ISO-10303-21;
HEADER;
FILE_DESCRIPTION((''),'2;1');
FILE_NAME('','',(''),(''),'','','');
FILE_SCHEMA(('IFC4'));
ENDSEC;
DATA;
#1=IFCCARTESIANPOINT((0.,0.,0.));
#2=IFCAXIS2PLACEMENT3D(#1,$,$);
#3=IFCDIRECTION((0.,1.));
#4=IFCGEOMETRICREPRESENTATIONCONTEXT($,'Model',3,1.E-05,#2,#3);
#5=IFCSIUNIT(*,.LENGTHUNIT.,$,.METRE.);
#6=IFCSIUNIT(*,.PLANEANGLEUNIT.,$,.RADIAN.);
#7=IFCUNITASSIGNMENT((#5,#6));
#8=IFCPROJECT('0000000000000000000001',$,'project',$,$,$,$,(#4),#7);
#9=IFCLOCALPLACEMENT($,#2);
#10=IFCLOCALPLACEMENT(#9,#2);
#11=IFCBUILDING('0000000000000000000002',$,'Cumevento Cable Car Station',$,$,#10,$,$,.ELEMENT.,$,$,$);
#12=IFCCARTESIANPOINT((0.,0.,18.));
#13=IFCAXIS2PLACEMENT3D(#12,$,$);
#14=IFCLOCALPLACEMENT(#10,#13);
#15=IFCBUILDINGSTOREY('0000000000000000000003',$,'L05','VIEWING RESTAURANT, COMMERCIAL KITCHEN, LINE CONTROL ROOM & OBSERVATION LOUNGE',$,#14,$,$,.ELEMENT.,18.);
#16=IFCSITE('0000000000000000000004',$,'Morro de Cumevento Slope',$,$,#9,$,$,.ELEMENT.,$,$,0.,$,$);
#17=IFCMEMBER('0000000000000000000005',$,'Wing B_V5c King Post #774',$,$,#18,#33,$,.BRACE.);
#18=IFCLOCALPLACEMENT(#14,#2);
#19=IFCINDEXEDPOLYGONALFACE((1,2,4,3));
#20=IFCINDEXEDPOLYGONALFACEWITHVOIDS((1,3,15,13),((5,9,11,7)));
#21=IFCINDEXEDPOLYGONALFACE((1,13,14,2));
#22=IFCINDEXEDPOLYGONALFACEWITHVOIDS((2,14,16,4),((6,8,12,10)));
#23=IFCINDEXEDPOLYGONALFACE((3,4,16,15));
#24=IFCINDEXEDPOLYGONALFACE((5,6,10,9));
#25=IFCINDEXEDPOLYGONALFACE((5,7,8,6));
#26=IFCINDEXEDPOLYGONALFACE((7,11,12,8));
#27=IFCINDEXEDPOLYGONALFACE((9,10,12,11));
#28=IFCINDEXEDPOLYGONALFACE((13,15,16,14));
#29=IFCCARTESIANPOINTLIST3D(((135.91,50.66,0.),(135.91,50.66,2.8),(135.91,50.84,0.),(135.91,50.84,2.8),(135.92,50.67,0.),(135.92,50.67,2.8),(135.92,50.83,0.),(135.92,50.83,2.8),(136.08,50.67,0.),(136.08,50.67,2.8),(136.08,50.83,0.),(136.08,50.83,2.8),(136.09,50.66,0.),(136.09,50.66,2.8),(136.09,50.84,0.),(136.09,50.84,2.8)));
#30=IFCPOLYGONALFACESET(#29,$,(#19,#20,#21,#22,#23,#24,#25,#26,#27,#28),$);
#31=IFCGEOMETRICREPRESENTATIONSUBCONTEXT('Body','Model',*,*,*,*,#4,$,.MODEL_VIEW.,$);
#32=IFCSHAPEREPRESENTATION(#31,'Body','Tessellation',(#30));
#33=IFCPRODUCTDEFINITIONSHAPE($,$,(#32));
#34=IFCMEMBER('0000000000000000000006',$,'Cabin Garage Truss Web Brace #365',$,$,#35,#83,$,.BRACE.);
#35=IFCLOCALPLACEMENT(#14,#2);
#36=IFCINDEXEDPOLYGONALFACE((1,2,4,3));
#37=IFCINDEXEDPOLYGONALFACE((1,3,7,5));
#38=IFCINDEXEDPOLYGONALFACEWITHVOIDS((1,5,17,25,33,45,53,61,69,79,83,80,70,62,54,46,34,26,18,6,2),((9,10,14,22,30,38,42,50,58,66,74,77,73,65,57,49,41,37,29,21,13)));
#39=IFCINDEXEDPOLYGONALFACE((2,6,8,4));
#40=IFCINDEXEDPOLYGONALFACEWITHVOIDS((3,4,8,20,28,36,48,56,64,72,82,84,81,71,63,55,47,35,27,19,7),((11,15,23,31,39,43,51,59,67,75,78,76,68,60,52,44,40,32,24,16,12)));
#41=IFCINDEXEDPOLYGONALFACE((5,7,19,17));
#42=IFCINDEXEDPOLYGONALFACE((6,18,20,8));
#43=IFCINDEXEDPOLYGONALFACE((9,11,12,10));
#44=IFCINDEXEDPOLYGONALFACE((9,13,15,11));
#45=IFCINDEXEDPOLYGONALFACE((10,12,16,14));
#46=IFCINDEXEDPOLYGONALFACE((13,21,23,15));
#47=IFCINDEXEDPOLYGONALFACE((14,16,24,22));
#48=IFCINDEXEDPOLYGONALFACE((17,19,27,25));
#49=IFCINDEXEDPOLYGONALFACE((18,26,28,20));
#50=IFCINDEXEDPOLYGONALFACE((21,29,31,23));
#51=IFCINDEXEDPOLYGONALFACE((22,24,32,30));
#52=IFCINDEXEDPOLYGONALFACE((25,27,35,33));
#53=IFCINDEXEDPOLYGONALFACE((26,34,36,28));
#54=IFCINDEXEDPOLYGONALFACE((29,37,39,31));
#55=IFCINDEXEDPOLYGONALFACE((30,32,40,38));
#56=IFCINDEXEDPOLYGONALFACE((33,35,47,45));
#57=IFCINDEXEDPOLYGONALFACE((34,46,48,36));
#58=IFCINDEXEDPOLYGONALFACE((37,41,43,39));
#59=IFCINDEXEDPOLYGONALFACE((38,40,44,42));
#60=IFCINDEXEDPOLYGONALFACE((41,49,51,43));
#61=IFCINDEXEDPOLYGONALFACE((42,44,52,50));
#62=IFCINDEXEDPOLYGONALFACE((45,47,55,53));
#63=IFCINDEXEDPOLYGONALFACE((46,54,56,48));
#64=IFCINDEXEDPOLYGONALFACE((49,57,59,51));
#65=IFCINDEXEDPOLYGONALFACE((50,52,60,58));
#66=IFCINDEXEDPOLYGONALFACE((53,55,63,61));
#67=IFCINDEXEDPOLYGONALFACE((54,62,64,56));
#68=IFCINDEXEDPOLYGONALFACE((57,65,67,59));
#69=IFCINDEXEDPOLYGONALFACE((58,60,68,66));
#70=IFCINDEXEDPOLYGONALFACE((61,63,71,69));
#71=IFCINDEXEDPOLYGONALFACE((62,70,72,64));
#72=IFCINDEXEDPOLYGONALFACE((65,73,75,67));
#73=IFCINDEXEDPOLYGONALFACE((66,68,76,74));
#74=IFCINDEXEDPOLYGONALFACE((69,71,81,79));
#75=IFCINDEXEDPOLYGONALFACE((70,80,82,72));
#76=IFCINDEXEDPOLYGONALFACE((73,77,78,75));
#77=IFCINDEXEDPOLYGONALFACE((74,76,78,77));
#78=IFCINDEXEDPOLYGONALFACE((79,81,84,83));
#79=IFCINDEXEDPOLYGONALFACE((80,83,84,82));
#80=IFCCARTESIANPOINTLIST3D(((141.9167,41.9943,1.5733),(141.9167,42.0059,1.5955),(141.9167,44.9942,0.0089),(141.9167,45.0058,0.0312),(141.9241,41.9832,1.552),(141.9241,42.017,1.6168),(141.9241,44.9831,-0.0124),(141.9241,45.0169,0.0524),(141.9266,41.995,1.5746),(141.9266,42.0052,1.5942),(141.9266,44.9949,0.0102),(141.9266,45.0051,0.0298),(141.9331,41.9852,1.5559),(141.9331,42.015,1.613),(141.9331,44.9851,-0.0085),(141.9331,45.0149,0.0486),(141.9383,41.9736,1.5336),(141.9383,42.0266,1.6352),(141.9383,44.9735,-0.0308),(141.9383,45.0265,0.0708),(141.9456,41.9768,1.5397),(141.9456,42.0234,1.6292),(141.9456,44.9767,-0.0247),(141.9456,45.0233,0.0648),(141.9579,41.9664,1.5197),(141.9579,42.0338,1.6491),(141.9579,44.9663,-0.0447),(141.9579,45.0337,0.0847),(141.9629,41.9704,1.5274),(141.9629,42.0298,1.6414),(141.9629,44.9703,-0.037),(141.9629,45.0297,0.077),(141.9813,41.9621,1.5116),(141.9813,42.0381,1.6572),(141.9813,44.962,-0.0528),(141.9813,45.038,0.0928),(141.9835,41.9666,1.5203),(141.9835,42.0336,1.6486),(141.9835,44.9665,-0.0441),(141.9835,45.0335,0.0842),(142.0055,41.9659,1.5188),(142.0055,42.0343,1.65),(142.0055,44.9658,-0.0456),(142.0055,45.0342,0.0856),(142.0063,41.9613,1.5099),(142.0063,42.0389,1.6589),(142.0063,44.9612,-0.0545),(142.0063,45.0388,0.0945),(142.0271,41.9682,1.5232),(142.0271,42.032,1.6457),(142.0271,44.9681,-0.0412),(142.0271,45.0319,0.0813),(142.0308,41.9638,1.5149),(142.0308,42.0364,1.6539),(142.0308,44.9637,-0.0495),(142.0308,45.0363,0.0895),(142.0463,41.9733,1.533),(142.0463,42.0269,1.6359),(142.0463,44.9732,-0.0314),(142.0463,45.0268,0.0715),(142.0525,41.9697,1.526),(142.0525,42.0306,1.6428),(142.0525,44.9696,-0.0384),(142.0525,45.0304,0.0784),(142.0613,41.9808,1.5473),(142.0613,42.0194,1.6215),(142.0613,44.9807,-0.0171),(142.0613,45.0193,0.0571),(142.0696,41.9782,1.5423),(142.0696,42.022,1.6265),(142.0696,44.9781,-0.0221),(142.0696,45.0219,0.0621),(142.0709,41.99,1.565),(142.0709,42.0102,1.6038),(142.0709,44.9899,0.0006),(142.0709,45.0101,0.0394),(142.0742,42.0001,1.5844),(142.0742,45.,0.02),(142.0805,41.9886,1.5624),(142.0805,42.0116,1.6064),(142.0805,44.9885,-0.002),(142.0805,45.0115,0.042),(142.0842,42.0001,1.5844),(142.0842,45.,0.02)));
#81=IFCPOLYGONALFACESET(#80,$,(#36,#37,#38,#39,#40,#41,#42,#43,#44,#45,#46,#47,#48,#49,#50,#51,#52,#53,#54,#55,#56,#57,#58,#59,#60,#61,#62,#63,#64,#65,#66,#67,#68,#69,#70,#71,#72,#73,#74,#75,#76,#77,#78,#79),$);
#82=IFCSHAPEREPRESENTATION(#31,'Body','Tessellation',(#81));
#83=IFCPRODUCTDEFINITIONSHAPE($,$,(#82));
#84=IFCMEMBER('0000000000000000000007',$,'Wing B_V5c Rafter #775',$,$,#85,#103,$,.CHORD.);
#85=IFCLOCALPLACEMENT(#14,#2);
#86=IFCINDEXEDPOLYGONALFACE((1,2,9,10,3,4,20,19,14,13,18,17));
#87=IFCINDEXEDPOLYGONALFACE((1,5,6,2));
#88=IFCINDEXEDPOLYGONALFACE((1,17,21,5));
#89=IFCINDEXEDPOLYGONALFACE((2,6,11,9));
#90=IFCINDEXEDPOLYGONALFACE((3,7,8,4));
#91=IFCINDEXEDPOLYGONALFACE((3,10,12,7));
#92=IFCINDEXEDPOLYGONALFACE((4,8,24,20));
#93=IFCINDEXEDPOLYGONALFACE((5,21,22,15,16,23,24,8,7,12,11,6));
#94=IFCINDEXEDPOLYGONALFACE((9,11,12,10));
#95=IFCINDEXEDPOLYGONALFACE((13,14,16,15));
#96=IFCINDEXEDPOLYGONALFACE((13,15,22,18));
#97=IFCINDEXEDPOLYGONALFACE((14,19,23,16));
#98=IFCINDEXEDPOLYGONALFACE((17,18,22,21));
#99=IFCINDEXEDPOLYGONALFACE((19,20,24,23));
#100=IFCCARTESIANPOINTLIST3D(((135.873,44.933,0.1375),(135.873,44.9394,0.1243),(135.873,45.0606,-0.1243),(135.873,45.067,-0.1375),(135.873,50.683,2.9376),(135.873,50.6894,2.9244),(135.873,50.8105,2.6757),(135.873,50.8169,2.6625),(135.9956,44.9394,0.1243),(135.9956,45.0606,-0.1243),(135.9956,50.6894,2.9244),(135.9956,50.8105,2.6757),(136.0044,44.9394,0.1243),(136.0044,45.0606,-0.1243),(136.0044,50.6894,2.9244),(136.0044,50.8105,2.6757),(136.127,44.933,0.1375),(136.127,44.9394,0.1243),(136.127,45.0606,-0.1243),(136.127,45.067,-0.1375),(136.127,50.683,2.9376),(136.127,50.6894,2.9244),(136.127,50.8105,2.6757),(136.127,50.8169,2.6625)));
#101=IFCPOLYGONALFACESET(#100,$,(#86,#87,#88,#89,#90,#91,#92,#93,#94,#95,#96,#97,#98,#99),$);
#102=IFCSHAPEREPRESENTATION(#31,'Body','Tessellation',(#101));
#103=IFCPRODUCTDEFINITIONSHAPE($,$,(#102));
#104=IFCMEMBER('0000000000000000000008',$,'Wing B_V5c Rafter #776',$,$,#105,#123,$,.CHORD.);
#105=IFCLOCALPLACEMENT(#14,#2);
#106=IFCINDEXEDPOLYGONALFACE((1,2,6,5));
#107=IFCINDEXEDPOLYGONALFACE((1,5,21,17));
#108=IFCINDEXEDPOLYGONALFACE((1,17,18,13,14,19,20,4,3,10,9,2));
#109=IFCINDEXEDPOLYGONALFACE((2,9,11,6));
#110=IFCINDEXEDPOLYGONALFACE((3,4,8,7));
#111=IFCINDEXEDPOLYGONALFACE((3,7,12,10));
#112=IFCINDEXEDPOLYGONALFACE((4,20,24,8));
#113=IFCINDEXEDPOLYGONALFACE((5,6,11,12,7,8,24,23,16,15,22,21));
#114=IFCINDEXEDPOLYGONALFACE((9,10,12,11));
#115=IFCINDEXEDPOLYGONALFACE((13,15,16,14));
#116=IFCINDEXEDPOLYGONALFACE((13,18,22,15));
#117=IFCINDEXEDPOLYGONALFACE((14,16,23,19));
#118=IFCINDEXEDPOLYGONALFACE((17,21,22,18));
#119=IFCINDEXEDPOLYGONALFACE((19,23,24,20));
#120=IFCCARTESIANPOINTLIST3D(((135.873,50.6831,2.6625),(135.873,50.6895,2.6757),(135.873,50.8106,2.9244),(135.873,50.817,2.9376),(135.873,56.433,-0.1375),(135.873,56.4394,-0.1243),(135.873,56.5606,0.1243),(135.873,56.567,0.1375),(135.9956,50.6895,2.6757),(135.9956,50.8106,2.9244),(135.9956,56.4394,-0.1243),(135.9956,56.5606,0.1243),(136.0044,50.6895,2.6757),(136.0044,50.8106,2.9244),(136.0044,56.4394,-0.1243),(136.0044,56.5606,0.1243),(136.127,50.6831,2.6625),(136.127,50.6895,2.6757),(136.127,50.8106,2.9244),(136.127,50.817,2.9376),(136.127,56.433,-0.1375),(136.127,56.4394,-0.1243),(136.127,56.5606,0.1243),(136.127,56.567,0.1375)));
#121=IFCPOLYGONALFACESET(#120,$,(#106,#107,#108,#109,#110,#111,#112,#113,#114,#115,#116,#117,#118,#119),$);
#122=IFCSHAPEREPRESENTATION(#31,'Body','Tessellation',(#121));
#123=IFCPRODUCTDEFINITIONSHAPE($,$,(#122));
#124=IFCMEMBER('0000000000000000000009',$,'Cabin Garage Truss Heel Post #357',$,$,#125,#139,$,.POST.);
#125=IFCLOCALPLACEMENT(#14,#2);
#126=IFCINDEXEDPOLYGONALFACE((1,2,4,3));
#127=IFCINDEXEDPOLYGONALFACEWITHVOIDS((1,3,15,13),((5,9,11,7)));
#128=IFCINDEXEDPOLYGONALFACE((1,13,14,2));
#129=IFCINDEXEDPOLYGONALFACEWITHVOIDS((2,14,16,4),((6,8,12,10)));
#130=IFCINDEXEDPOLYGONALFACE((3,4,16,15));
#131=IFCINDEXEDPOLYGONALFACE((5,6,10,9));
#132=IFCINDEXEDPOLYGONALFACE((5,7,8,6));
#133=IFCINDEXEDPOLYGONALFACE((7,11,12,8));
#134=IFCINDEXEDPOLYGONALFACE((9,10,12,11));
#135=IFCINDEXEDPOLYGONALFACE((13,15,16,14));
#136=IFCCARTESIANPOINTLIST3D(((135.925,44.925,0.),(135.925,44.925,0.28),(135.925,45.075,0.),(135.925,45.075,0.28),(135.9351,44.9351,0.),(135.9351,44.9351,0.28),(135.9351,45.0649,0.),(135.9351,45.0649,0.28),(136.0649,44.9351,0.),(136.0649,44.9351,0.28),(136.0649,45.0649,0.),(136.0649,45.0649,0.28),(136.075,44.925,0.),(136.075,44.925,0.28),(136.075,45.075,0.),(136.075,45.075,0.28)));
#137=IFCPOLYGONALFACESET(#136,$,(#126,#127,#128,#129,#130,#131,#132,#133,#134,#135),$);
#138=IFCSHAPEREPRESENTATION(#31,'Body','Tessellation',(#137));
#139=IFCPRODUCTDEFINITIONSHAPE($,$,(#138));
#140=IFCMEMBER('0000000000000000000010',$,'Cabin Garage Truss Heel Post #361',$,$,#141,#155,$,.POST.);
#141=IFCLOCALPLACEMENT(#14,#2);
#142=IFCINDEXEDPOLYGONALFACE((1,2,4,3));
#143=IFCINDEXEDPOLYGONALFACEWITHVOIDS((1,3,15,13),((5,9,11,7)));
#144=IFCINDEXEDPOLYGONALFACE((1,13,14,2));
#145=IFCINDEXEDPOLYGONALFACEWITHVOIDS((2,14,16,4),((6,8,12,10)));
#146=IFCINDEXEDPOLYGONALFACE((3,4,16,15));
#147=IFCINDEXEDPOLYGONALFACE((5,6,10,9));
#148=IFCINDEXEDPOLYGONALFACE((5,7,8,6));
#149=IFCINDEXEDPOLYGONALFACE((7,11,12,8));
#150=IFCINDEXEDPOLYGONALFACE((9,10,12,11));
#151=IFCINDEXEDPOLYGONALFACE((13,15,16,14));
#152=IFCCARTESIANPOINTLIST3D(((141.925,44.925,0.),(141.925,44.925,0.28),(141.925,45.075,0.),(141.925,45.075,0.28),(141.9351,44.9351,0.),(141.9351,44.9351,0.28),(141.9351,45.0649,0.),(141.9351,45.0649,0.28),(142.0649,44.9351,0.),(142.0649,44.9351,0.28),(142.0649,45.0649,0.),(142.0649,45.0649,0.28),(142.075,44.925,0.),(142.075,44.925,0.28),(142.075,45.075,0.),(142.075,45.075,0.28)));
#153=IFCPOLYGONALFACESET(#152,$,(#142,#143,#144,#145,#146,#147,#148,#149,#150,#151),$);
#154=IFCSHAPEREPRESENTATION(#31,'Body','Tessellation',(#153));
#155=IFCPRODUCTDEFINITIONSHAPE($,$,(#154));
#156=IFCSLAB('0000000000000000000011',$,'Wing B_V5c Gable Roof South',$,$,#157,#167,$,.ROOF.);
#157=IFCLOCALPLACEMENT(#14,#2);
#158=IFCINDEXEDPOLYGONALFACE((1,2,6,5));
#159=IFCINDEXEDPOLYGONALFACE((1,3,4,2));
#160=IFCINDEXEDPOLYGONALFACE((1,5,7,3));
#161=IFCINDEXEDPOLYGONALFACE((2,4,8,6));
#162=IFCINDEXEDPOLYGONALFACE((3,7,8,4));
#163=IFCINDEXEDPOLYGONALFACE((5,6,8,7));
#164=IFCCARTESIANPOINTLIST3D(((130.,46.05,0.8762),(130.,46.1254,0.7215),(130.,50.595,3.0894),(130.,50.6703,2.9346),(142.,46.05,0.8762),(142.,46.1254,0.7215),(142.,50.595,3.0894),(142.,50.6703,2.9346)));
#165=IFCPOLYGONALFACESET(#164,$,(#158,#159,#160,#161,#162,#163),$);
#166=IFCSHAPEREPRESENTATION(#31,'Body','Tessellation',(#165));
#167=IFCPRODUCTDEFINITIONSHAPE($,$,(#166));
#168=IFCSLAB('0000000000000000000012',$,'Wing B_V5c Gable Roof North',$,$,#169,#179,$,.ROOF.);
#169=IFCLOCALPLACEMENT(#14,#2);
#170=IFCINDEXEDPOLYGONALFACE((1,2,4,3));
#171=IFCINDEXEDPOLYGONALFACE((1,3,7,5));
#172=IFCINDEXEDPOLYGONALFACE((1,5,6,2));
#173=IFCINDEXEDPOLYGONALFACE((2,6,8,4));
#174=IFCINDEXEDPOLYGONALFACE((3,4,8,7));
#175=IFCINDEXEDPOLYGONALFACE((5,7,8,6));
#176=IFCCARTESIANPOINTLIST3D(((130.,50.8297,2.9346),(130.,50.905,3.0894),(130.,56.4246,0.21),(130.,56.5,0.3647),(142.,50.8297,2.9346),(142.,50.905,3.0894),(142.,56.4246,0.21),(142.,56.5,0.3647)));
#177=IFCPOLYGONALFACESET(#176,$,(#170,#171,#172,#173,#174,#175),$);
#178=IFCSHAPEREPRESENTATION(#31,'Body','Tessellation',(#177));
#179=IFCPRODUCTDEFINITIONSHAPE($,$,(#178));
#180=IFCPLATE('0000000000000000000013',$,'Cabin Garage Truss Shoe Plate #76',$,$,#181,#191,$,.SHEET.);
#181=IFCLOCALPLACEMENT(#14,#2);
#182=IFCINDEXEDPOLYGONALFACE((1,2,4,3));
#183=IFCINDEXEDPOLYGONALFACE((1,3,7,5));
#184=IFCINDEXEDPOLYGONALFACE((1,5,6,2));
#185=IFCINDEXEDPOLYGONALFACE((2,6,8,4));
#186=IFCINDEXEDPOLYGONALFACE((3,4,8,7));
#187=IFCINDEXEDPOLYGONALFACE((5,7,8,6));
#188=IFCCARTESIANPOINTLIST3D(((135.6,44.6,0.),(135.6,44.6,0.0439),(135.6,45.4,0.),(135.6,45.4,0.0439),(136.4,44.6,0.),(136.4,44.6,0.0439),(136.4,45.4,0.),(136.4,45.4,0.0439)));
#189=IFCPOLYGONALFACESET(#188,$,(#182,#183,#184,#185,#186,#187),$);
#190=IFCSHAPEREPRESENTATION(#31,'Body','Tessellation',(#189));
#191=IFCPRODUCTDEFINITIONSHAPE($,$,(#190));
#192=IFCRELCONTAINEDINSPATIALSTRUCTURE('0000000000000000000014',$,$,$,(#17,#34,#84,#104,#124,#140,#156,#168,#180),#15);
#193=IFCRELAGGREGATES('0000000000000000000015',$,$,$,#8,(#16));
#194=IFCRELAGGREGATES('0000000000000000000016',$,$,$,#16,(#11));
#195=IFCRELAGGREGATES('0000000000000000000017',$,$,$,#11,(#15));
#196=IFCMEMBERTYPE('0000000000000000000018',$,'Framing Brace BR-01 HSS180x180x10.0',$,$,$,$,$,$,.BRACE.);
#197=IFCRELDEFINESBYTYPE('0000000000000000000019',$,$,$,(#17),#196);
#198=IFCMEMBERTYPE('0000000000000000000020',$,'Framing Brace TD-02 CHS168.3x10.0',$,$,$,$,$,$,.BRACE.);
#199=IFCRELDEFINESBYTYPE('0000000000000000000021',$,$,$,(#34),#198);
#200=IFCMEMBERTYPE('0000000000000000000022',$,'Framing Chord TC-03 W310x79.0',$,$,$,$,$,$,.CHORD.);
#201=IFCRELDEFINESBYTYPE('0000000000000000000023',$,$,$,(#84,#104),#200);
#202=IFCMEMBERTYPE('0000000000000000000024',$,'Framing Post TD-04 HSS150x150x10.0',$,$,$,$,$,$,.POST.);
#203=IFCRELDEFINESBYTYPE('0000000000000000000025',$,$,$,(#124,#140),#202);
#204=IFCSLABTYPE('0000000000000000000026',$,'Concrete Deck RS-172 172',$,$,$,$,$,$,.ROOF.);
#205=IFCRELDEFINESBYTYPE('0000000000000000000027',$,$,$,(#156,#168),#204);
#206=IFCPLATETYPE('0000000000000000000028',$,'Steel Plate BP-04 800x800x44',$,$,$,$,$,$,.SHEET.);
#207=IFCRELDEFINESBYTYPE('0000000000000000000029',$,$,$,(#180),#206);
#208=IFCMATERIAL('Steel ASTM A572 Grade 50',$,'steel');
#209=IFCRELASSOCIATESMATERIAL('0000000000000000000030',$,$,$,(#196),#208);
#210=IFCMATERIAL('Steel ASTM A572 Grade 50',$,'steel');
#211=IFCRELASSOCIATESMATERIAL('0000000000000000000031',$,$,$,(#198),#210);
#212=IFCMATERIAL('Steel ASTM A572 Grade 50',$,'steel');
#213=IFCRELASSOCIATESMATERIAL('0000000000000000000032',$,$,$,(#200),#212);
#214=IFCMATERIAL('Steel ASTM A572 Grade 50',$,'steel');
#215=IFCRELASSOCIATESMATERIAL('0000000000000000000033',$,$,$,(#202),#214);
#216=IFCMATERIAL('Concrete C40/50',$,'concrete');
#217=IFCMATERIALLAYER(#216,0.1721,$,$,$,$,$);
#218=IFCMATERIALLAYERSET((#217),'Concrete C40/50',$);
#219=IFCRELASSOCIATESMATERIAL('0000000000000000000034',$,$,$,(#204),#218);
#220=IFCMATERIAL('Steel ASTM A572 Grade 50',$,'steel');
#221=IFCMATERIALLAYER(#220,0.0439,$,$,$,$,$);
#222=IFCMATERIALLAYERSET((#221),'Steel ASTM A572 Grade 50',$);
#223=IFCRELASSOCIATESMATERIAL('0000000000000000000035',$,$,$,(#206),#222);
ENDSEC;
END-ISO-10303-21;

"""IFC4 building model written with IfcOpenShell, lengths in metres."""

from ifc_helpers import new_model, si_unit, direction, frame, origin, origin_2d, place, context, subcontext, project, spatial, polyline, rectangle, hollow_rectangle, hollow_circle, i_section, outline, extrude, material, layer, layer_set, material_profile, profile_set, type_object, element, save


model = new_model("IFC4")

# Units and contexts
model_context = context("Model", 3, precision=1e-05, world=origin(), true_north=direction((0.0, 1.0)))
body_context = subcontext(model_context, "Body", "Model", "MODEL_VIEW")
ifc_project = project(units=[si_unit("LENGTHUNIT", "METRE"), si_unit("PLANEANGLEUNIT", "RADIAN")], contexts=[model_context])

# Site, building, storey
site_placement = place(None, origin())
site = spatial("IfcSite", under=ifc_project, at=site_placement, Name="Morro de Cumevento Slope", CompositionType="ELEMENT", RefElevation=0.0)
building_placement = place(site_placement, origin())
building = spatial("IfcBuilding", under=site, at=building_placement, Name="Cumevento Cable Car Station", CompositionType="ELEMENT")
storey_placement = place(building_placement, frame((0.0, 0.0, 18.0)))
storey = spatial("IfcBuildingStorey", under=building, at=storey_placement, Name="L05", Description="VIEWING RESTAURANT, COMMERCIAL KITCHEN, LINE CONTROL ROOM & OBSERVATION LOUNGE", CompositionType="ELEMENT", Elevation=18.0)

# Members
ifc_material_1 = material(Name="Steel ASTM A572 Grade 50", Category="steel")
ifc_material_profile_1 = material_profile(ifc_material_1, hollow_rectangle(XDim=0.1799, YDim=0.1799, WallThickness=0.01, at=origin_2d()), Name="HSS180x180x10.0")
ifc_profile_set_1 = profile_set([ifc_material_profile_1], Name="Steel ASTM A572 Grade 50")
member_type_1 = type_object("IfcMemberType", Name="Framing Brace BR-01 HSS180x180x10.0", PredefinedType="BRACE", material=ifc_profile_set_1)
member_1_placement = place(storey_placement, frame((136.0, 50.75, 0.0), z_axis=(0.0, 0.0, 1.0), x_axis=(1.0, 0.0, 0.0)))
element("IfcMember", 1, at=member_1_placement, inside=storey, type_object=member_type_1, Name="Wing B_V5c King Post #774", PredefinedType="BRACE", context=body_context, shape_type="SweptSolid", body=[
    extrude(hollow_rectangle(XDim=0.1799, YDim=0.1799, WallThickness=0.01, at=origin_2d()), origin(), (0.0, 0.0, 1.0), 2.8),
])
ifc_material_2 = material(Name="Steel ASTM A572 Grade 50", Category="steel")
ifc_material_profile_2 = material_profile(ifc_material_2, hollow_circle(Radius=0.0842, WallThickness=0.01, at=origin_2d()), Name="CHS168.3x10.0")
ifc_profile_set_2 = profile_set([ifc_material_profile_2], Name="Steel ASTM A572 Grade 50")
member_type_2 = type_object("IfcMemberType", Name="Framing Brace TD-02 CHS168.3x10.0", PredefinedType="BRACE", material=ifc_profile_set_2)
member_2_placement = place(storey_placement, frame((142.0, 45.0, 0.02), z_axis=(0.0, -0.886677, 0.462388), x_axis=(1.0, 0.0, 0.0)))
element("IfcMember", 2, at=member_2_placement, inside=storey, type_object=member_type_2, Name="Cabin Garage Truss Web Brace #365", PredefinedType="BRACE", context=body_context, shape_type="SweptSolid", body=[
    extrude(hollow_circle(Radius=0.0842, WallThickness=0.01, at=origin_2d()), origin(), (0.0, 0.0, 1.0), 3.3833),
])
ifc_material_3 = material(Name="Steel ASTM A572 Grade 50", Category="steel")
ifc_material_profile_3 = material_profile(ifc_material_3, i_section(OverallWidth=0.2539, OverallDepth=0.3059, WebThickness=0.0088, FlangeThickness=0.0146, at=origin_2d()), Name="W310x79.0")
ifc_profile_set_3 = profile_set([ifc_material_profile_3], Name="Steel ASTM A572 Grade 50")
member_type_3 = type_object("IfcMemberType", Name="Framing Chord TC-03 W310x79.0", PredefinedType="CHORD", material=ifc_profile_set_3)
for number, where, z_axis, x_axis, name in (
    (3, (136.0, 45.0, 0.0), (0.0, 0.899066, 0.437814), (-1.0, 0.0, 0.0), "Wing B_V5c Rafter #775"),
    (4, (136.0, 56.5, 0.0), (0.0, -0.899066, 0.437814), (1.0, 0.0, 0.0), "Wing B_V5c Rafter #776"),
):
    element("IfcMember", number, at=place(storey_placement, frame(where, z_axis=z_axis, x_axis=x_axis)), inside=storey, type_object=member_type_3, Name=name, PredefinedType="CHORD", context=body_context, shape_type="SweptSolid", body=[
        extrude(i_section(OverallWidth=0.2539, OverallDepth=0.3059, WebThickness=0.0088, FlangeThickness=0.0146, at=origin_2d()), origin(), (0.0, 0.0, 1.0), 6.3955),
    ])
ifc_material_4 = material(Name="Steel ASTM A572 Grade 50", Category="steel")
ifc_material_profile_4 = material_profile(ifc_material_4, hollow_rectangle(XDim=0.1499, YDim=0.1499, WallThickness=0.01, at=origin_2d()), Name="HSS150x150x10.0")
ifc_profile_set_4 = profile_set([ifc_material_profile_4], Name="Steel ASTM A572 Grade 50")
member_type_4 = type_object("IfcMemberType", Name="Framing Post TD-04 HSS150x150x10.0", PredefinedType="POST", material=ifc_profile_set_4)
for number, where, z_axis, x_axis, name in (
    (5, (136.0, 45.0, 0.0), (0.0, 0.0, 1.0), (1.0, 0.0, 0.0), "Cabin Garage Truss Heel Post #357"),
    (6, (142.0, 45.0, 0.0), (0.0, 0.0, 1.0), (1.0, 0.0, 0.0), "Cabin Garage Truss Heel Post #361"),
):
    element("IfcMember", number, at=place(storey_placement, frame(where, z_axis=z_axis, x_axis=x_axis)), inside=storey, type_object=member_type_4, Name=name, PredefinedType="POST", context=body_context, shape_type="SweptSolid", body=[
        extrude(hollow_rectangle(XDim=0.1499, YDim=0.1499, WallThickness=0.01, at=origin_2d()), origin(), (0.0, 0.0, 1.0), 0.28),
    ])

# Slabs
ifc_material_5 = material(Name="Concrete C40/50", Category="concrete")
ifc_layer_1 = layer(ifc_material_5, 0.1721)
ifc_layer_set_1 = layer_set([ifc_layer_1], Name="Concrete C40/50")
slab_type = type_object("IfcSlabType", Name="Concrete Deck RS-172 172", PredefinedType="ROOF", material=ifc_layer_set_1)
slab_1_placement = place(storey_placement, frame((130.0, 46.05, 0.8762), z_axis=(0.0, -0.4378, 0.899072), x_axis=(1.0, 0.0, 0.0)))
element("IfcSlab", 7, at=slab_1_placement, inside=storey, type_object=slab_type, Name="Wing B_V5c Gable Roof South", PredefinedType="ROOF", context=body_context, shape_type="SweptSolid", body=[
    extrude(outline(polyline([(0.0, 0.0), (12.0, 0.0), (12.0, 5.0551), (0.0, 5.0551), (0.0, 0.0)])), origin(), (0.0, 0.0, -1.0), 0.1721),
])
slab_2_placement = place(storey_placement, frame((130.0, 50.905, 3.0894), z_axis=(0.0, 0.437821, 0.899062), x_axis=(1.0, 0.0, 0.0)))
element("IfcSlab", 8, at=slab_2_placement, inside=storey, type_object=slab_type, Name="Wing B_V5c Gable Roof North", PredefinedType="ROOF", context=body_context, shape_type="SweptSolid", body=[
    extrude(outline(polyline([(0.0, 0.0), (12.0, 0.0), (12.0, 6.2231), (0.0, 6.2231), (0.0, 0.0)])), origin(), (0.0, 0.0, -1.0), 0.1721),
])

# Plate
ifc_material_6 = material(Name="Steel ASTM A572 Grade 50", Category="steel")
ifc_layer_2 = layer(ifc_material_6, 0.0439)
ifc_layer_set_2 = layer_set([ifc_layer_2], Name="Steel ASTM A572 Grade 50")
plate_type_1 = type_object("IfcPlateType", Name="Steel Plate BP-04 800x800x44", PredefinedType="SHEET", material=ifc_layer_set_2)
plate_1_placement = place(storey_placement, frame((136.0, 45.0, 0.0), z_axis=(0.0, 0.0, 1.0), x_axis=(1.0, 0.0, 0.0)))
element("IfcPlate", 9, at=plate_1_placement, inside=storey, type_object=plate_type_1, Name="Cabin Garage Truss Shoe Plate #76", PredefinedType="SHEET", context=body_context, shape_type="SweptSolid", body=[
    extrude(rectangle(XDim=0.8, YDim=0.8, at=origin_2d()), origin(), (0.0, 0.0, 1.0), 0.0439),
])

save(model, "model.ifc")
